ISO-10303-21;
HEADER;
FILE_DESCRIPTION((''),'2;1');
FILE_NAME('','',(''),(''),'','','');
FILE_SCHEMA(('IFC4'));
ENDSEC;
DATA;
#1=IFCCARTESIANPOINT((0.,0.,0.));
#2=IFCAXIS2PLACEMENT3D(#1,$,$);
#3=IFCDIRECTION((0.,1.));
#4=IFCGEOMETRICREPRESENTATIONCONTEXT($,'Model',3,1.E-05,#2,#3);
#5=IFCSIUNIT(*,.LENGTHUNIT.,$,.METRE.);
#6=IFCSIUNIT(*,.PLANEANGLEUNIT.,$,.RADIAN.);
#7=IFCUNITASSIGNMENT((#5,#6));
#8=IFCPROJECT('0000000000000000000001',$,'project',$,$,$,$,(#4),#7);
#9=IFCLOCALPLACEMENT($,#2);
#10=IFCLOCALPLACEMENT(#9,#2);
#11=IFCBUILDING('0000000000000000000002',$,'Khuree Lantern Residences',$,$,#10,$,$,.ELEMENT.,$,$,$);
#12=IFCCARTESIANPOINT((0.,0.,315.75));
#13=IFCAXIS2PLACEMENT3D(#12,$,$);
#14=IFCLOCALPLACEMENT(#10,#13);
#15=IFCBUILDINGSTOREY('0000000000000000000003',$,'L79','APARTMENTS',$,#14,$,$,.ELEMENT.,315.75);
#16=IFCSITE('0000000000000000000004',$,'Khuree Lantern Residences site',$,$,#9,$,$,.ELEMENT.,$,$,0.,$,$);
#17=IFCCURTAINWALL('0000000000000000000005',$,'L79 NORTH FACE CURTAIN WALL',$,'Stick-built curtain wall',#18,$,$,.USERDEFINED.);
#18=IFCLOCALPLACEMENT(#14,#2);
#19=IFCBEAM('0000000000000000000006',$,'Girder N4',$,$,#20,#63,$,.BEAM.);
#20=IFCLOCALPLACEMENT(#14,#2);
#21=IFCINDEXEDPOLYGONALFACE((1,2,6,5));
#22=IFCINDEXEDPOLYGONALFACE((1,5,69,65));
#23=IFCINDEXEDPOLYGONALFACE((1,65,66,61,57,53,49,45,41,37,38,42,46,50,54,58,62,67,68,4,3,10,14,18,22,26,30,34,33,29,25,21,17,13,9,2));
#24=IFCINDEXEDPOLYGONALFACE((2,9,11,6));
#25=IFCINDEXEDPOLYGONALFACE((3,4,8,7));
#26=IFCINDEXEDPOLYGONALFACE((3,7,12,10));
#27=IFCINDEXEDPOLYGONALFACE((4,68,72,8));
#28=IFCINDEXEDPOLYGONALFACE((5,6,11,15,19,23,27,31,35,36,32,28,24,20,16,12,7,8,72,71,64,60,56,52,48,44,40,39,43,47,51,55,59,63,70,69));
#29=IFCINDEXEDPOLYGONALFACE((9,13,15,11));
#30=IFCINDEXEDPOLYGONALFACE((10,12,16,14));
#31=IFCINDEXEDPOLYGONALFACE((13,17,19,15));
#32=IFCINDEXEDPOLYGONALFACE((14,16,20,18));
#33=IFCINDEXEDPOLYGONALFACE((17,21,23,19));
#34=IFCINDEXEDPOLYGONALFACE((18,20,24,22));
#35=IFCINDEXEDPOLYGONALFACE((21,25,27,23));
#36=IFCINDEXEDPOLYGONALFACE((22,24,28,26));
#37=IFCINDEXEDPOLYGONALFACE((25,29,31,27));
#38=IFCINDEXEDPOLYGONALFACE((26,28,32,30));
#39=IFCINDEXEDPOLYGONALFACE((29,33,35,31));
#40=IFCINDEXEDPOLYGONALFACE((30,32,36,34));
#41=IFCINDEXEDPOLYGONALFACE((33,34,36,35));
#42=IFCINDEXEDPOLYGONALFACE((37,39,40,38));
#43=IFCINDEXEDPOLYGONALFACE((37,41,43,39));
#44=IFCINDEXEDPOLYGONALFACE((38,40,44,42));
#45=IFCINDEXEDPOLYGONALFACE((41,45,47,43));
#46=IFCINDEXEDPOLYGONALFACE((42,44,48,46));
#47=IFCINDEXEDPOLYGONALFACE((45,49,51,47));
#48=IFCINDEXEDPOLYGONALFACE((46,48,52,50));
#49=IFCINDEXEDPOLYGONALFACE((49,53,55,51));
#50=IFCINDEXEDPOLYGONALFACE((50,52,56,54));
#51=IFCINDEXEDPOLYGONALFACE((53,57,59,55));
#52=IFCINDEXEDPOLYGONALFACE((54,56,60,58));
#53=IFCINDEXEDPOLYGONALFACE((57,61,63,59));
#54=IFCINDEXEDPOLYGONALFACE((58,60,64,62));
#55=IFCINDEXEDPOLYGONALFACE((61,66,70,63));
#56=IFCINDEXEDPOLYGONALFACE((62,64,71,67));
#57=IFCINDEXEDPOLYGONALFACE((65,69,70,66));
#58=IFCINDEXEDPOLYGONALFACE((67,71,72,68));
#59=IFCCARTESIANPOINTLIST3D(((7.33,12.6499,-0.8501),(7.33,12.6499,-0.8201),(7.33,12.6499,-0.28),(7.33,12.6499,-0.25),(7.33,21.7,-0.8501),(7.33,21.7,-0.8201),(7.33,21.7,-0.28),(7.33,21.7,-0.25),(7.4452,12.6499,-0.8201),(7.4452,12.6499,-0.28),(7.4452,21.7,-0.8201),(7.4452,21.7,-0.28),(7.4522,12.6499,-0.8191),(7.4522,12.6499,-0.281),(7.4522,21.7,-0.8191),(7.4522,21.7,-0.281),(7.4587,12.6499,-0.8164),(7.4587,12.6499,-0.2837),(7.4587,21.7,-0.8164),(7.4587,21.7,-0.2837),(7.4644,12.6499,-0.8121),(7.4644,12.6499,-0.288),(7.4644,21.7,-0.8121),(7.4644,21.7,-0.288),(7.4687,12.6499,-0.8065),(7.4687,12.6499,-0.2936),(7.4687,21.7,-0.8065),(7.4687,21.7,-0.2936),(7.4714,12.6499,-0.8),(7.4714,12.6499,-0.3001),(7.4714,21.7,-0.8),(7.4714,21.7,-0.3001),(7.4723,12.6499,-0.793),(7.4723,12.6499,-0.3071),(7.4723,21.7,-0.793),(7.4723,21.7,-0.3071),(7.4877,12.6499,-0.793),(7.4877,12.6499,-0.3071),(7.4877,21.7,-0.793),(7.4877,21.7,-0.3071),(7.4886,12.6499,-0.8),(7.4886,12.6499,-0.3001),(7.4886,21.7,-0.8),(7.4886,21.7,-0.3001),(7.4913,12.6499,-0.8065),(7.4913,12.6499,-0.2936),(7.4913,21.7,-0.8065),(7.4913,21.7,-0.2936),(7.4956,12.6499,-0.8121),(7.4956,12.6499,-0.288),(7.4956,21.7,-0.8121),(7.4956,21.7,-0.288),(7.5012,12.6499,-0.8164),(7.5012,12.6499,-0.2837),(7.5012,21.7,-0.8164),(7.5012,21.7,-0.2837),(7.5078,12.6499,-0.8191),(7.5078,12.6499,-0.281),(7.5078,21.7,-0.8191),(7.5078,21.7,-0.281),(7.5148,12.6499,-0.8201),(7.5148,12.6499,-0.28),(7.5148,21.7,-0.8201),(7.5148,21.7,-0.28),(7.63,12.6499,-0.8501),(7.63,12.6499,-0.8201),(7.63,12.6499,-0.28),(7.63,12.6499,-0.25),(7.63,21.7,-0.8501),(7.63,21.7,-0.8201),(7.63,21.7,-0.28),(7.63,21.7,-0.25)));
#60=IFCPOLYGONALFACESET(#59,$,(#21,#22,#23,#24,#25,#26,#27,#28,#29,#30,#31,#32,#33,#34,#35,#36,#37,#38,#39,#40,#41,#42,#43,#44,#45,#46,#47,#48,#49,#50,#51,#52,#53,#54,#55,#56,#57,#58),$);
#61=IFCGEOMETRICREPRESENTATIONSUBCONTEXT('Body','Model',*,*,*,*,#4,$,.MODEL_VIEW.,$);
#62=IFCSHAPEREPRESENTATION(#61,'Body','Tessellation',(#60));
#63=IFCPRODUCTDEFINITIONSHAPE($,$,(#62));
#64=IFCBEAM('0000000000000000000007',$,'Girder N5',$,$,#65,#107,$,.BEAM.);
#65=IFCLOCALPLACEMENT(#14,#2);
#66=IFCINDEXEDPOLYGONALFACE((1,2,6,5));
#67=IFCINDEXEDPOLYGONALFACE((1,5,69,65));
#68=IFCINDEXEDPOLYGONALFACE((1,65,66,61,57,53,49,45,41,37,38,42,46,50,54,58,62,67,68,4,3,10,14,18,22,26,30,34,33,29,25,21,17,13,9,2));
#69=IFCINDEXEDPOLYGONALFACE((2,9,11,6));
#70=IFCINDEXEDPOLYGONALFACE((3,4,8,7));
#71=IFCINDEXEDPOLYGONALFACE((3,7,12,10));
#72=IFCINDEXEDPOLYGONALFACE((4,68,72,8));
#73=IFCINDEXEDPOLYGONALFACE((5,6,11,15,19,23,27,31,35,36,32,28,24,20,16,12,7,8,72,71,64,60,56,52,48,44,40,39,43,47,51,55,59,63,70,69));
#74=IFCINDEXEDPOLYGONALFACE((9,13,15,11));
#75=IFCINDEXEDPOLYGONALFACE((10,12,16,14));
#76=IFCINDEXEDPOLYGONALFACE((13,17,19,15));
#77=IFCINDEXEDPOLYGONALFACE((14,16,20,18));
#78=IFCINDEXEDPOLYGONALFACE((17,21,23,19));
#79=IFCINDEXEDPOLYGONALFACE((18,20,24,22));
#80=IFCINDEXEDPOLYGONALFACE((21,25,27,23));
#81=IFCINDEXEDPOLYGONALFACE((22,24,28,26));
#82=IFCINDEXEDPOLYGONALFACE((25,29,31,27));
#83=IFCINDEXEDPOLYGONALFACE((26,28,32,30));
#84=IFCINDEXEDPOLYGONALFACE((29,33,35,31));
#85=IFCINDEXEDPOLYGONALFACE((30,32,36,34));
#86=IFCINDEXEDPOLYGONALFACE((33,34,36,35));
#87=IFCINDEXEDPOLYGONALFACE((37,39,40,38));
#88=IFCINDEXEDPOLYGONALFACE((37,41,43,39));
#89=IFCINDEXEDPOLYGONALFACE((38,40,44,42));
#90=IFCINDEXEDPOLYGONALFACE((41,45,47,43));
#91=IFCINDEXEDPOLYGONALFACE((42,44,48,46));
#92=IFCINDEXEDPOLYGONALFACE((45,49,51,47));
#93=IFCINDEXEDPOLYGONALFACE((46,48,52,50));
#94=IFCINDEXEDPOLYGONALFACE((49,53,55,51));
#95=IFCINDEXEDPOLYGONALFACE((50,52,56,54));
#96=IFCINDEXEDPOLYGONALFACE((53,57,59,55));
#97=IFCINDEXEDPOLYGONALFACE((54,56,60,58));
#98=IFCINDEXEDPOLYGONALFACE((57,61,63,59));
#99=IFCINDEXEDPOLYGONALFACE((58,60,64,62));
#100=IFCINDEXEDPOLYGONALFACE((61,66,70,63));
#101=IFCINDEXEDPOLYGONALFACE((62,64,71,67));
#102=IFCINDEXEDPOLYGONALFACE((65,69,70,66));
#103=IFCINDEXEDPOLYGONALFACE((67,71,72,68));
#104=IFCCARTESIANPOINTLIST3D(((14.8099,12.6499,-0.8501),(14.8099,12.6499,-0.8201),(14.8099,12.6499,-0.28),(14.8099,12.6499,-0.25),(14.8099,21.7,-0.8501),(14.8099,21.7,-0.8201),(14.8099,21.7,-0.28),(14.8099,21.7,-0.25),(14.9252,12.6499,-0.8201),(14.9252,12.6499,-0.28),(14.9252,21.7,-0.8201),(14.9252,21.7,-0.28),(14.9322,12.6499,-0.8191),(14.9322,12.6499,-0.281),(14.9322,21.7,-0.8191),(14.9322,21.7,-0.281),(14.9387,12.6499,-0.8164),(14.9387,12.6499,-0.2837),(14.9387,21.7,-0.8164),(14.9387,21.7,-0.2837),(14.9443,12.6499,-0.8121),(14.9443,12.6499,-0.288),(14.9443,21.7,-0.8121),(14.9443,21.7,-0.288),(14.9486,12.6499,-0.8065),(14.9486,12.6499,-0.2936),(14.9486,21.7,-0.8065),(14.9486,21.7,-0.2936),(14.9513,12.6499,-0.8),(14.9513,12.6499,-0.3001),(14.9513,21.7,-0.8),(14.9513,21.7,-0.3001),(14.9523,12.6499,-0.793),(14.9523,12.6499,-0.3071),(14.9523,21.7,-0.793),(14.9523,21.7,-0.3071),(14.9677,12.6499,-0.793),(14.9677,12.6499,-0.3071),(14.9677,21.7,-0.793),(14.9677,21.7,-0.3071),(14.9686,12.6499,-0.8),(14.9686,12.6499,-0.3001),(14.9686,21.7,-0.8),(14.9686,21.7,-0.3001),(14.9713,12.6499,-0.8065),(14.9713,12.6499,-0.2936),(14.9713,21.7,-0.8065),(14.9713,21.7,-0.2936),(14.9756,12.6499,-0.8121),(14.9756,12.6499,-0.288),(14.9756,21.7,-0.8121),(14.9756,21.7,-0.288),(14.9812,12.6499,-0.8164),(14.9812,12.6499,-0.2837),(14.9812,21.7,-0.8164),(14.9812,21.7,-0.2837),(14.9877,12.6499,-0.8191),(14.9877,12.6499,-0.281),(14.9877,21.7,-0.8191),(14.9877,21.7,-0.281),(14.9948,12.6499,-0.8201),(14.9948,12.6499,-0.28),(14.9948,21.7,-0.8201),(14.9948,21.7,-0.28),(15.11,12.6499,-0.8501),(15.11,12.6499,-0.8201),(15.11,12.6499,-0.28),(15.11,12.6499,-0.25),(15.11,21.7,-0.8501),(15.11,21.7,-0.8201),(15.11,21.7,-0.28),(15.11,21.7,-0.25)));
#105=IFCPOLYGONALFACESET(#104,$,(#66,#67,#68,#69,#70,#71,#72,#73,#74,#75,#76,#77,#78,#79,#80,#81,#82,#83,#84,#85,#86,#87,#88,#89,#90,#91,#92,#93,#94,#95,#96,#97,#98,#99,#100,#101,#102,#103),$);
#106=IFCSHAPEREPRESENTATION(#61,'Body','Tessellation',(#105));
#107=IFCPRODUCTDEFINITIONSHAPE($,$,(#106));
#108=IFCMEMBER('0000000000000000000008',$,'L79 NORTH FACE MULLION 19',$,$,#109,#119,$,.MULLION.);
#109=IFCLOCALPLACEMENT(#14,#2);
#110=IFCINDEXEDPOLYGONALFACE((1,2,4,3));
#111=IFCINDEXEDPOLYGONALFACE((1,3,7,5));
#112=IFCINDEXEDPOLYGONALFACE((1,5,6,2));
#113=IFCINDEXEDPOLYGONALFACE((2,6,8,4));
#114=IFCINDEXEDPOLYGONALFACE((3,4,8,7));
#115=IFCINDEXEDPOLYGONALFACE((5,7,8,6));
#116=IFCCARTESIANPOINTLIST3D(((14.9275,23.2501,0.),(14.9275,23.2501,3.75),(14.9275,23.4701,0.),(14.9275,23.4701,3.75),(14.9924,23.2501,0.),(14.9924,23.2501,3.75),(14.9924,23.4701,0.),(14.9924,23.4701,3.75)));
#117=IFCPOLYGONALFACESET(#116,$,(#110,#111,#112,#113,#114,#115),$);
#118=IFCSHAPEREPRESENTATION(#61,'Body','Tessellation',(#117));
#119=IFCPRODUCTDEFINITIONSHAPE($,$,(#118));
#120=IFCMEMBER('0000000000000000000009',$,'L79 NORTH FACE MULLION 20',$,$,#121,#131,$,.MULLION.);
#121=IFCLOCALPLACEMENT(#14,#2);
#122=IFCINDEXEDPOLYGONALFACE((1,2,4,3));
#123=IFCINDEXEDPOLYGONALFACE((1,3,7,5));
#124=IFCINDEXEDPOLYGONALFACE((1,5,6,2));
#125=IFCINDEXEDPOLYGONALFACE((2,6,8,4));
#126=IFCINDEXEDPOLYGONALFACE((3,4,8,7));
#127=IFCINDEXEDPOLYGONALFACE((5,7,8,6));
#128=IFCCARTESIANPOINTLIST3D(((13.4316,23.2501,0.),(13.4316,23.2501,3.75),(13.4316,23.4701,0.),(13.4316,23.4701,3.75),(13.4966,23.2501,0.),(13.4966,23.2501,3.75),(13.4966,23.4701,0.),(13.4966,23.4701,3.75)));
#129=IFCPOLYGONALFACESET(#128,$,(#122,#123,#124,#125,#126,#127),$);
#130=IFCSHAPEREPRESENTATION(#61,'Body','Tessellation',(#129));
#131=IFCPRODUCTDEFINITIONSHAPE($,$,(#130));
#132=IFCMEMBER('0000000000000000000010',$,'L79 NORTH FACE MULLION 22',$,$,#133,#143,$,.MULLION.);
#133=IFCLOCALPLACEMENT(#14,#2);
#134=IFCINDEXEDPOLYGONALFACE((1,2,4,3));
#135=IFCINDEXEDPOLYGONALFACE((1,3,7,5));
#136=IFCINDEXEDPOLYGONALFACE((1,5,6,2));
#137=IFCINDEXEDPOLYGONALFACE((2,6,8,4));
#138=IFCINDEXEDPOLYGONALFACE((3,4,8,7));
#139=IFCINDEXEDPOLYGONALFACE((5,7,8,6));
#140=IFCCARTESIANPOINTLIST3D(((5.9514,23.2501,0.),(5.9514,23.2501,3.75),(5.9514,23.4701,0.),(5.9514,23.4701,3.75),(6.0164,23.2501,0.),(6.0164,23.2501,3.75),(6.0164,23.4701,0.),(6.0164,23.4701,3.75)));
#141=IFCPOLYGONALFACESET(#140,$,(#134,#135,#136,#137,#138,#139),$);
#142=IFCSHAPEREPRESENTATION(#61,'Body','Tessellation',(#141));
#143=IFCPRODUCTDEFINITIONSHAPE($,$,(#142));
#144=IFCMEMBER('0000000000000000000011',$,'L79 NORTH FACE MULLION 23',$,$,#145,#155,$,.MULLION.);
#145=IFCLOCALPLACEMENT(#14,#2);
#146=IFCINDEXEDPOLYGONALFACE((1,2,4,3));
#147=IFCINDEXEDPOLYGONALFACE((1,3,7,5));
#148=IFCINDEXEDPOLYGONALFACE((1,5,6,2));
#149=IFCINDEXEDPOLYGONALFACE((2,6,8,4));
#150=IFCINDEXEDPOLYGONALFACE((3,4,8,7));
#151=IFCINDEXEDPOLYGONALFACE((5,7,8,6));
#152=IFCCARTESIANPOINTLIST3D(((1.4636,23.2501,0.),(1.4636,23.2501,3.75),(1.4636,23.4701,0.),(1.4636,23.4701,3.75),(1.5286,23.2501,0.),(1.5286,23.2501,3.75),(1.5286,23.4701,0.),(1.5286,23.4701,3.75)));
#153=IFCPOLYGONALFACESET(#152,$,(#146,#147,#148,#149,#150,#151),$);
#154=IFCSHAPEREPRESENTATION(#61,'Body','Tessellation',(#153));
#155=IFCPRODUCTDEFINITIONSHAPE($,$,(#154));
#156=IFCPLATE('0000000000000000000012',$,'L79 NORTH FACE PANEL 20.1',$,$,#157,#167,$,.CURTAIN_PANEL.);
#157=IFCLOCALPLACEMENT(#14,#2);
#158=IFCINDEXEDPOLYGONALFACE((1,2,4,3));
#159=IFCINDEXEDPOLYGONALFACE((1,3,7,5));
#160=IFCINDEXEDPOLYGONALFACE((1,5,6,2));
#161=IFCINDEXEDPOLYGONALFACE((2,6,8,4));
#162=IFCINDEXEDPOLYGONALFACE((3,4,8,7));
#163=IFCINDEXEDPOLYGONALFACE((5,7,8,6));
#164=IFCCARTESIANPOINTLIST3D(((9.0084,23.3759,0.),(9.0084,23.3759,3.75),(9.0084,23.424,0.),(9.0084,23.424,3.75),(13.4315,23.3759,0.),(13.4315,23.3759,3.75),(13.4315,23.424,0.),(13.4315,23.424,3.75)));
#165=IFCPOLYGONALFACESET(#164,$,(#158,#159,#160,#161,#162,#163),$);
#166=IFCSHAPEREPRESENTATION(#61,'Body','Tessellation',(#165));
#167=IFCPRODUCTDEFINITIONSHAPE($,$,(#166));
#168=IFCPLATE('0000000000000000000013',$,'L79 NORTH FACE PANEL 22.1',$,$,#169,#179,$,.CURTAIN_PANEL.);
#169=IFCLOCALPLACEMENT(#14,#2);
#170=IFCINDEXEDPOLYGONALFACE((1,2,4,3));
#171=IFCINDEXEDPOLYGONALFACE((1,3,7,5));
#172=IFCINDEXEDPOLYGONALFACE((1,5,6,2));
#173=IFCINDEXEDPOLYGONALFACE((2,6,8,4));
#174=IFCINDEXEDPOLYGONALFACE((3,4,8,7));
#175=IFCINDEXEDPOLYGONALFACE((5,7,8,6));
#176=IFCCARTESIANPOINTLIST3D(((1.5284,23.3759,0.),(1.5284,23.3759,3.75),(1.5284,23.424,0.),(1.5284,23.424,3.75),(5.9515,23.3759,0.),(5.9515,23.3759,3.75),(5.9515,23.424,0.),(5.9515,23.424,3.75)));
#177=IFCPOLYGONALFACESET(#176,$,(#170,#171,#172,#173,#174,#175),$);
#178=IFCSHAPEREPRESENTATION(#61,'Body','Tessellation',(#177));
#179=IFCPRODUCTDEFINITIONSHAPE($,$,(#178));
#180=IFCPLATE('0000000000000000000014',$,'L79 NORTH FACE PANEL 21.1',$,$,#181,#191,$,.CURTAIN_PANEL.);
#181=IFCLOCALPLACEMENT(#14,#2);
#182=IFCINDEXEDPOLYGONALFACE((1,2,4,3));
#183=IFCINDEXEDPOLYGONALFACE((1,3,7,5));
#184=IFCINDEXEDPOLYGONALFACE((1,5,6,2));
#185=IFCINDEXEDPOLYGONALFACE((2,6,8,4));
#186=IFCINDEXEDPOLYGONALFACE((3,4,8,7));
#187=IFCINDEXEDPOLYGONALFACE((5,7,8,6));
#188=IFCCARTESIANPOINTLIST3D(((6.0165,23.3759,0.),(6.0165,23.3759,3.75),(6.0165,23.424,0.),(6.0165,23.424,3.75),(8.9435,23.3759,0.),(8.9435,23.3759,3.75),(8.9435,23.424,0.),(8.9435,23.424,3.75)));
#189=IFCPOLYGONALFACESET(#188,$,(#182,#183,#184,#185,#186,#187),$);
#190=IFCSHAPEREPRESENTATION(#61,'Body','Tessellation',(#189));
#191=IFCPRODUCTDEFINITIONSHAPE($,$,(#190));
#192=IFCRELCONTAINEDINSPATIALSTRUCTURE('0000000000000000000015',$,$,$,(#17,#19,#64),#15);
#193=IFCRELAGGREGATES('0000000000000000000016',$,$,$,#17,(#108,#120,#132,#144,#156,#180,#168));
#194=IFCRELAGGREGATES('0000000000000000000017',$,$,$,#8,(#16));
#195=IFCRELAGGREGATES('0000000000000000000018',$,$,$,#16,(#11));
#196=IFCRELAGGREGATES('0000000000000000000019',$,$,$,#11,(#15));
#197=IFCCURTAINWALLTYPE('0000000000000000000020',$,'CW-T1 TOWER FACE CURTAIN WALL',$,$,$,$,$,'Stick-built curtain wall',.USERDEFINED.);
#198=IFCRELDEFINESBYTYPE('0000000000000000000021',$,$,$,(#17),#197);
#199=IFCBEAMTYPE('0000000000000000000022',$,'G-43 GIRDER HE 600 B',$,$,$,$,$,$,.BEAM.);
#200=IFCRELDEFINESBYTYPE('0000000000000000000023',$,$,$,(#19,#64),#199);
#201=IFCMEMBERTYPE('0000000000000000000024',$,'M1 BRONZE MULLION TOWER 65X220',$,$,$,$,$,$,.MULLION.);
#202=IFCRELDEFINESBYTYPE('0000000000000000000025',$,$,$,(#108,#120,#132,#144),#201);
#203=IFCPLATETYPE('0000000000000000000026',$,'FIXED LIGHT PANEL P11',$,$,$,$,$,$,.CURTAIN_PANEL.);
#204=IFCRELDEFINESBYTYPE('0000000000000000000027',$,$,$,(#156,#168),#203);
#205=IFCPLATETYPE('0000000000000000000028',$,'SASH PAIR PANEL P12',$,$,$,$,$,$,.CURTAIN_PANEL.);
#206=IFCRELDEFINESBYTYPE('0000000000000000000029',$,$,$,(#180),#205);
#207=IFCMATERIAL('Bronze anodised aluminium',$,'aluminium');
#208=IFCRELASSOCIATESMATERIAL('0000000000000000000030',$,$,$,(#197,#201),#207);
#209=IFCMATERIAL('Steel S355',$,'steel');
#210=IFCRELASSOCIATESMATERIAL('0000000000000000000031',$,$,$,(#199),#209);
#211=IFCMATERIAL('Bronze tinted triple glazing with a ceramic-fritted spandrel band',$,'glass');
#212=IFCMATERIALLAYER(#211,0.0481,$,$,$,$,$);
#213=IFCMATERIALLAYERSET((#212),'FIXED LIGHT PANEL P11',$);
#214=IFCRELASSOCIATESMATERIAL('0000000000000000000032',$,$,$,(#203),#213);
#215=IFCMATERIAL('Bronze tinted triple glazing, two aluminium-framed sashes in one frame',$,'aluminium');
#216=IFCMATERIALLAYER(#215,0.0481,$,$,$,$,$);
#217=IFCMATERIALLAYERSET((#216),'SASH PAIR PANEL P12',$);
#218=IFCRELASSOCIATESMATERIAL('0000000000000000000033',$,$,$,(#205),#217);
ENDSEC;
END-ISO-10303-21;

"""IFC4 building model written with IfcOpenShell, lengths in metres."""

from ifc_helpers import new_model, si_unit, direction, frame, origin, origin_2d, place, context, subcontext, project, spatial, rectangle, i_section, extrude, material, layer, layer_set, material_profile, profile_set, type_object, element, aggregate, save


model = new_model("IFC4")

# Units and contexts
model_context = context("Model", 3, precision=1e-05, world=origin(), true_north=direction((0.0, 1.0)))
body_context = subcontext(model_context, "Body", "Model", "MODEL_VIEW")
ifc_project = project(units=[si_unit("LENGTHUNIT", "METRE"), si_unit("PLANEANGLEUNIT", "RADIAN")], contexts=[model_context])

# Site, building, storey
site_placement = place(None, origin())
site = spatial("IfcSite", under=ifc_project, at=site_placement, Name="Khuree Lantern Residences site", CompositionType="ELEMENT", RefElevation=0.0)
building_placement = place(site_placement, origin())
building = spatial("IfcBuilding", under=site, at=building_placement, Name="Khuree Lantern Residences", CompositionType="ELEMENT")
storey_placement = place(building_placement, frame((0.0, 0.0, 315.75)))
storey = spatial("IfcBuildingStorey", under=building, at=storey_placement, Name="L79", Description="APARTMENTS", CompositionType="ELEMENT", Elevation=315.75)

# Shared definitions
ifc_material_1 = material(Name="Steel S355", Category="steel")

# Curtain wall
ifc_material_2 = material(Name="Bronze anodised aluminium", Category="aluminium")
curtain_wall_type = type_object("IfcCurtainWallType", Name="CW-T1 TOWER FACE CURTAIN WALL", ElementType="Stick-built curtain wall", PredefinedType="USERDEFINED", material=ifc_material_2)
curtain_wall_placement = place(storey_placement, origin())
curtain_wall = element("IfcCurtainWall", 1, at=curtain_wall_placement, inside=storey, type_object=curtain_wall_type, Name="L79 NORTH FACE CURTAIN WALL", ObjectType="Stick-built curtain wall", PredefinedType="USERDEFINED")

# Beams
ifc_material_profile_1 = material_profile(ifc_material_1, i_section(OverallWidth=0.3, OverallDepth=0.6001, WebThickness=0.0154, FlangeThickness=0.03, FilletRadius=0.0271, at=origin_2d()), Name="HE 600 B")
ifc_profile_set_1 = profile_set([ifc_material_profile_1], Name="Steel S355")
beam_type_1 = type_object("IfcBeamType", Name="G-43 GIRDER HE 600 B", PredefinedType="BEAM", material=ifc_profile_set_1)
for number, where, z_axis, x_axis, name in (
    (2, (7.48, 21.7, -0.55), (0.0, -1.0, 0.0), (1.0, 0.0, 0.0), "Girder N4"),
    (3, (14.96, 21.7, -0.55), (0.0, -1.0, 0.0), (1.0, 0.0, 0.0), "Girder N5"),
):
    element("IfcBeam", number, at=place(storey_placement, frame(where, z_axis=z_axis, x_axis=x_axis)), inside=storey, type_object=beam_type_1, Name=name, PredefinedType="BEAM", context=body_context, shape_type="SweptSolid", body=[
        extrude(i_section(OverallWidth=0.3, OverallDepth=0.6001, WebThickness=0.0154, FlangeThickness=0.03, FilletRadius=0.0271, at=origin_2d()), origin(), (0.0, 0.0, 1.0), 9.05),
    ])

# Members
ifc_material_profile_2 = material_profile(ifc_material_2, rectangle(XDim=0.0649, YDim=0.22, at=origin_2d()), Name="M1 65X220")
ifc_profile_set_2 = profile_set([ifc_material_profile_2], Name="Bronze anodised aluminium")
member_type_1 = type_object("IfcMemberType", Name="M1 BRONZE MULLION TOWER 65X220", PredefinedType="MULLION", material=ifc_profile_set_2)
member_1_placement = place(storey_placement, frame((14.96, 23.3601, 0.0), z_axis=(0.0, 0.0, 1.0), x_axis=(-1.0, 0.0, 0.0)))
member_1 = element("IfcMember", 4, at=member_1_placement, type_object=member_type_1, Name="L79 NORTH FACE MULLION 19", PredefinedType="MULLION", context=body_context, shape_type="SweptSolid", body=[
    extrude(rectangle(XDim=0.0649, YDim=0.22, at=origin_2d()), origin(), (0.0, 0.0, 1.0), 3.75),
])
member_2_placement = place(storey_placement, frame((13.4641, 23.3601, 0.0), z_axis=(0.0, 0.0, 1.0), x_axis=(-1.0, 0.0, 0.0)))
member_2 = element("IfcMember", 5, at=member_2_placement, type_object=member_type_1, Name="L79 NORTH FACE MULLION 20", PredefinedType="MULLION", context=body_context, shape_type="SweptSolid", body=[
    extrude(rectangle(XDim=0.0649, YDim=0.22, at=origin_2d()), origin(), (0.0, 0.0, 1.0), 3.75),
])
member_3_placement = place(storey_placement, frame((5.9839, 23.3601, 0.0), z_axis=(0.0, 0.0, 1.0), x_axis=(-1.0, 0.0, 0.0)))
member_3 = element("IfcMember", 6, at=member_3_placement, type_object=member_type_1, Name="L79 NORTH FACE MULLION 22", PredefinedType="MULLION", context=body_context, shape_type="SweptSolid", body=[
    extrude(rectangle(XDim=0.0649, YDim=0.22, at=origin_2d()), origin(), (0.0, 0.0, 1.0), 3.75),
])
member_4_placement = place(storey_placement, frame((1.4961, 23.3601, 0.0), z_axis=(0.0, 0.0, 1.0), x_axis=(-1.0, 0.0, 0.0)))
member_4 = element("IfcMember", 7, at=member_4_placement, type_object=member_type_1, Name="L79 NORTH FACE MULLION 23", PredefinedType="MULLION", context=body_context, shape_type="SweptSolid", body=[
    extrude(rectangle(XDim=0.0649, YDim=0.22, at=origin_2d()), origin(), (0.0, 0.0, 1.0), 3.75),
])

# Plates
ifc_material_3 = material(Name="Bronze tinted triple glazing with a ceramic-fritted spandrel band", Category="glass")
ifc_layer_1 = layer(ifc_material_3, 0.0481)
ifc_layer_set_1 = layer_set([ifc_layer_1], Name="FIXED LIGHT PANEL P11")
plate_type_1 = type_object("IfcPlateType", Name="FIXED LIGHT PANEL P11", PredefinedType="CURTAIN_PANEL", material=ifc_layer_set_1)
plate_1_placement = place(storey_placement, frame((11.22, 23.3999, 0.0), z_axis=(0.0, 0.0, 1.0), x_axis=(-1.0, 0.0, 0.0)))
plate_1 = element("IfcPlate", 8, at=plate_1_placement, type_object=plate_type_1, Name="L79 NORTH FACE PANEL 20.1", PredefinedType="CURTAIN_PANEL", context=body_context, shape_type="SweptSolid", body=[
    extrude(rectangle(XDim=4.4231, YDim=0.0481, at=origin_2d()), origin(), (0.0, 0.0, 1.0), 3.75),
])
plate_2_placement = place(storey_placement, frame((3.74, 23.3999, 0.0), z_axis=(0.0, 0.0, 1.0), x_axis=(-1.0, 0.0, 0.0)))
plate_2 = element("IfcPlate", 9, at=plate_2_placement, type_object=plate_type_1, Name="L79 NORTH FACE PANEL 22.1", PredefinedType="CURTAIN_PANEL", context=body_context, shape_type="SweptSolid", body=[
    extrude(rectangle(XDim=4.4231, YDim=0.0481, at=origin_2d()), origin(), (0.0, 0.0, 1.0), 3.75),
])
ifc_material_4 = material(Name="Bronze tinted triple glazing, two aluminium-framed sashes in one frame", Category="aluminium")
ifc_layer_2 = layer(ifc_material_4, 0.0481)
ifc_layer_set_2 = layer_set([ifc_layer_2], Name="SASH PAIR PANEL P12")
plate_type_2 = type_object("IfcPlateType", Name="SASH PAIR PANEL P12", PredefinedType="CURTAIN_PANEL", material=ifc_layer_set_2)
plate_3_placement = place(storey_placement, frame((7.48, 23.3999, 0.0), z_axis=(0.0, 0.0, 1.0), x_axis=(-1.0, 0.0, 0.0)))
plate_3 = element("IfcPlate", 10, at=plate_3_placement, type_object=plate_type_2, Name="L79 NORTH FACE PANEL 21.1", PredefinedType="CURTAIN_PANEL", context=body_context, shape_type="SweptSolid", body=[
    extrude(rectangle(XDim=2.927, YDim=0.0481, at=origin_2d()), origin(), (0.0, 0.0, 1.0), 3.75),
])
aggregate(curtain_wall, [member_1, member_2, member_3, member_4, plate_1, plate_3, plate_2])

save(model, "model.ifc")
